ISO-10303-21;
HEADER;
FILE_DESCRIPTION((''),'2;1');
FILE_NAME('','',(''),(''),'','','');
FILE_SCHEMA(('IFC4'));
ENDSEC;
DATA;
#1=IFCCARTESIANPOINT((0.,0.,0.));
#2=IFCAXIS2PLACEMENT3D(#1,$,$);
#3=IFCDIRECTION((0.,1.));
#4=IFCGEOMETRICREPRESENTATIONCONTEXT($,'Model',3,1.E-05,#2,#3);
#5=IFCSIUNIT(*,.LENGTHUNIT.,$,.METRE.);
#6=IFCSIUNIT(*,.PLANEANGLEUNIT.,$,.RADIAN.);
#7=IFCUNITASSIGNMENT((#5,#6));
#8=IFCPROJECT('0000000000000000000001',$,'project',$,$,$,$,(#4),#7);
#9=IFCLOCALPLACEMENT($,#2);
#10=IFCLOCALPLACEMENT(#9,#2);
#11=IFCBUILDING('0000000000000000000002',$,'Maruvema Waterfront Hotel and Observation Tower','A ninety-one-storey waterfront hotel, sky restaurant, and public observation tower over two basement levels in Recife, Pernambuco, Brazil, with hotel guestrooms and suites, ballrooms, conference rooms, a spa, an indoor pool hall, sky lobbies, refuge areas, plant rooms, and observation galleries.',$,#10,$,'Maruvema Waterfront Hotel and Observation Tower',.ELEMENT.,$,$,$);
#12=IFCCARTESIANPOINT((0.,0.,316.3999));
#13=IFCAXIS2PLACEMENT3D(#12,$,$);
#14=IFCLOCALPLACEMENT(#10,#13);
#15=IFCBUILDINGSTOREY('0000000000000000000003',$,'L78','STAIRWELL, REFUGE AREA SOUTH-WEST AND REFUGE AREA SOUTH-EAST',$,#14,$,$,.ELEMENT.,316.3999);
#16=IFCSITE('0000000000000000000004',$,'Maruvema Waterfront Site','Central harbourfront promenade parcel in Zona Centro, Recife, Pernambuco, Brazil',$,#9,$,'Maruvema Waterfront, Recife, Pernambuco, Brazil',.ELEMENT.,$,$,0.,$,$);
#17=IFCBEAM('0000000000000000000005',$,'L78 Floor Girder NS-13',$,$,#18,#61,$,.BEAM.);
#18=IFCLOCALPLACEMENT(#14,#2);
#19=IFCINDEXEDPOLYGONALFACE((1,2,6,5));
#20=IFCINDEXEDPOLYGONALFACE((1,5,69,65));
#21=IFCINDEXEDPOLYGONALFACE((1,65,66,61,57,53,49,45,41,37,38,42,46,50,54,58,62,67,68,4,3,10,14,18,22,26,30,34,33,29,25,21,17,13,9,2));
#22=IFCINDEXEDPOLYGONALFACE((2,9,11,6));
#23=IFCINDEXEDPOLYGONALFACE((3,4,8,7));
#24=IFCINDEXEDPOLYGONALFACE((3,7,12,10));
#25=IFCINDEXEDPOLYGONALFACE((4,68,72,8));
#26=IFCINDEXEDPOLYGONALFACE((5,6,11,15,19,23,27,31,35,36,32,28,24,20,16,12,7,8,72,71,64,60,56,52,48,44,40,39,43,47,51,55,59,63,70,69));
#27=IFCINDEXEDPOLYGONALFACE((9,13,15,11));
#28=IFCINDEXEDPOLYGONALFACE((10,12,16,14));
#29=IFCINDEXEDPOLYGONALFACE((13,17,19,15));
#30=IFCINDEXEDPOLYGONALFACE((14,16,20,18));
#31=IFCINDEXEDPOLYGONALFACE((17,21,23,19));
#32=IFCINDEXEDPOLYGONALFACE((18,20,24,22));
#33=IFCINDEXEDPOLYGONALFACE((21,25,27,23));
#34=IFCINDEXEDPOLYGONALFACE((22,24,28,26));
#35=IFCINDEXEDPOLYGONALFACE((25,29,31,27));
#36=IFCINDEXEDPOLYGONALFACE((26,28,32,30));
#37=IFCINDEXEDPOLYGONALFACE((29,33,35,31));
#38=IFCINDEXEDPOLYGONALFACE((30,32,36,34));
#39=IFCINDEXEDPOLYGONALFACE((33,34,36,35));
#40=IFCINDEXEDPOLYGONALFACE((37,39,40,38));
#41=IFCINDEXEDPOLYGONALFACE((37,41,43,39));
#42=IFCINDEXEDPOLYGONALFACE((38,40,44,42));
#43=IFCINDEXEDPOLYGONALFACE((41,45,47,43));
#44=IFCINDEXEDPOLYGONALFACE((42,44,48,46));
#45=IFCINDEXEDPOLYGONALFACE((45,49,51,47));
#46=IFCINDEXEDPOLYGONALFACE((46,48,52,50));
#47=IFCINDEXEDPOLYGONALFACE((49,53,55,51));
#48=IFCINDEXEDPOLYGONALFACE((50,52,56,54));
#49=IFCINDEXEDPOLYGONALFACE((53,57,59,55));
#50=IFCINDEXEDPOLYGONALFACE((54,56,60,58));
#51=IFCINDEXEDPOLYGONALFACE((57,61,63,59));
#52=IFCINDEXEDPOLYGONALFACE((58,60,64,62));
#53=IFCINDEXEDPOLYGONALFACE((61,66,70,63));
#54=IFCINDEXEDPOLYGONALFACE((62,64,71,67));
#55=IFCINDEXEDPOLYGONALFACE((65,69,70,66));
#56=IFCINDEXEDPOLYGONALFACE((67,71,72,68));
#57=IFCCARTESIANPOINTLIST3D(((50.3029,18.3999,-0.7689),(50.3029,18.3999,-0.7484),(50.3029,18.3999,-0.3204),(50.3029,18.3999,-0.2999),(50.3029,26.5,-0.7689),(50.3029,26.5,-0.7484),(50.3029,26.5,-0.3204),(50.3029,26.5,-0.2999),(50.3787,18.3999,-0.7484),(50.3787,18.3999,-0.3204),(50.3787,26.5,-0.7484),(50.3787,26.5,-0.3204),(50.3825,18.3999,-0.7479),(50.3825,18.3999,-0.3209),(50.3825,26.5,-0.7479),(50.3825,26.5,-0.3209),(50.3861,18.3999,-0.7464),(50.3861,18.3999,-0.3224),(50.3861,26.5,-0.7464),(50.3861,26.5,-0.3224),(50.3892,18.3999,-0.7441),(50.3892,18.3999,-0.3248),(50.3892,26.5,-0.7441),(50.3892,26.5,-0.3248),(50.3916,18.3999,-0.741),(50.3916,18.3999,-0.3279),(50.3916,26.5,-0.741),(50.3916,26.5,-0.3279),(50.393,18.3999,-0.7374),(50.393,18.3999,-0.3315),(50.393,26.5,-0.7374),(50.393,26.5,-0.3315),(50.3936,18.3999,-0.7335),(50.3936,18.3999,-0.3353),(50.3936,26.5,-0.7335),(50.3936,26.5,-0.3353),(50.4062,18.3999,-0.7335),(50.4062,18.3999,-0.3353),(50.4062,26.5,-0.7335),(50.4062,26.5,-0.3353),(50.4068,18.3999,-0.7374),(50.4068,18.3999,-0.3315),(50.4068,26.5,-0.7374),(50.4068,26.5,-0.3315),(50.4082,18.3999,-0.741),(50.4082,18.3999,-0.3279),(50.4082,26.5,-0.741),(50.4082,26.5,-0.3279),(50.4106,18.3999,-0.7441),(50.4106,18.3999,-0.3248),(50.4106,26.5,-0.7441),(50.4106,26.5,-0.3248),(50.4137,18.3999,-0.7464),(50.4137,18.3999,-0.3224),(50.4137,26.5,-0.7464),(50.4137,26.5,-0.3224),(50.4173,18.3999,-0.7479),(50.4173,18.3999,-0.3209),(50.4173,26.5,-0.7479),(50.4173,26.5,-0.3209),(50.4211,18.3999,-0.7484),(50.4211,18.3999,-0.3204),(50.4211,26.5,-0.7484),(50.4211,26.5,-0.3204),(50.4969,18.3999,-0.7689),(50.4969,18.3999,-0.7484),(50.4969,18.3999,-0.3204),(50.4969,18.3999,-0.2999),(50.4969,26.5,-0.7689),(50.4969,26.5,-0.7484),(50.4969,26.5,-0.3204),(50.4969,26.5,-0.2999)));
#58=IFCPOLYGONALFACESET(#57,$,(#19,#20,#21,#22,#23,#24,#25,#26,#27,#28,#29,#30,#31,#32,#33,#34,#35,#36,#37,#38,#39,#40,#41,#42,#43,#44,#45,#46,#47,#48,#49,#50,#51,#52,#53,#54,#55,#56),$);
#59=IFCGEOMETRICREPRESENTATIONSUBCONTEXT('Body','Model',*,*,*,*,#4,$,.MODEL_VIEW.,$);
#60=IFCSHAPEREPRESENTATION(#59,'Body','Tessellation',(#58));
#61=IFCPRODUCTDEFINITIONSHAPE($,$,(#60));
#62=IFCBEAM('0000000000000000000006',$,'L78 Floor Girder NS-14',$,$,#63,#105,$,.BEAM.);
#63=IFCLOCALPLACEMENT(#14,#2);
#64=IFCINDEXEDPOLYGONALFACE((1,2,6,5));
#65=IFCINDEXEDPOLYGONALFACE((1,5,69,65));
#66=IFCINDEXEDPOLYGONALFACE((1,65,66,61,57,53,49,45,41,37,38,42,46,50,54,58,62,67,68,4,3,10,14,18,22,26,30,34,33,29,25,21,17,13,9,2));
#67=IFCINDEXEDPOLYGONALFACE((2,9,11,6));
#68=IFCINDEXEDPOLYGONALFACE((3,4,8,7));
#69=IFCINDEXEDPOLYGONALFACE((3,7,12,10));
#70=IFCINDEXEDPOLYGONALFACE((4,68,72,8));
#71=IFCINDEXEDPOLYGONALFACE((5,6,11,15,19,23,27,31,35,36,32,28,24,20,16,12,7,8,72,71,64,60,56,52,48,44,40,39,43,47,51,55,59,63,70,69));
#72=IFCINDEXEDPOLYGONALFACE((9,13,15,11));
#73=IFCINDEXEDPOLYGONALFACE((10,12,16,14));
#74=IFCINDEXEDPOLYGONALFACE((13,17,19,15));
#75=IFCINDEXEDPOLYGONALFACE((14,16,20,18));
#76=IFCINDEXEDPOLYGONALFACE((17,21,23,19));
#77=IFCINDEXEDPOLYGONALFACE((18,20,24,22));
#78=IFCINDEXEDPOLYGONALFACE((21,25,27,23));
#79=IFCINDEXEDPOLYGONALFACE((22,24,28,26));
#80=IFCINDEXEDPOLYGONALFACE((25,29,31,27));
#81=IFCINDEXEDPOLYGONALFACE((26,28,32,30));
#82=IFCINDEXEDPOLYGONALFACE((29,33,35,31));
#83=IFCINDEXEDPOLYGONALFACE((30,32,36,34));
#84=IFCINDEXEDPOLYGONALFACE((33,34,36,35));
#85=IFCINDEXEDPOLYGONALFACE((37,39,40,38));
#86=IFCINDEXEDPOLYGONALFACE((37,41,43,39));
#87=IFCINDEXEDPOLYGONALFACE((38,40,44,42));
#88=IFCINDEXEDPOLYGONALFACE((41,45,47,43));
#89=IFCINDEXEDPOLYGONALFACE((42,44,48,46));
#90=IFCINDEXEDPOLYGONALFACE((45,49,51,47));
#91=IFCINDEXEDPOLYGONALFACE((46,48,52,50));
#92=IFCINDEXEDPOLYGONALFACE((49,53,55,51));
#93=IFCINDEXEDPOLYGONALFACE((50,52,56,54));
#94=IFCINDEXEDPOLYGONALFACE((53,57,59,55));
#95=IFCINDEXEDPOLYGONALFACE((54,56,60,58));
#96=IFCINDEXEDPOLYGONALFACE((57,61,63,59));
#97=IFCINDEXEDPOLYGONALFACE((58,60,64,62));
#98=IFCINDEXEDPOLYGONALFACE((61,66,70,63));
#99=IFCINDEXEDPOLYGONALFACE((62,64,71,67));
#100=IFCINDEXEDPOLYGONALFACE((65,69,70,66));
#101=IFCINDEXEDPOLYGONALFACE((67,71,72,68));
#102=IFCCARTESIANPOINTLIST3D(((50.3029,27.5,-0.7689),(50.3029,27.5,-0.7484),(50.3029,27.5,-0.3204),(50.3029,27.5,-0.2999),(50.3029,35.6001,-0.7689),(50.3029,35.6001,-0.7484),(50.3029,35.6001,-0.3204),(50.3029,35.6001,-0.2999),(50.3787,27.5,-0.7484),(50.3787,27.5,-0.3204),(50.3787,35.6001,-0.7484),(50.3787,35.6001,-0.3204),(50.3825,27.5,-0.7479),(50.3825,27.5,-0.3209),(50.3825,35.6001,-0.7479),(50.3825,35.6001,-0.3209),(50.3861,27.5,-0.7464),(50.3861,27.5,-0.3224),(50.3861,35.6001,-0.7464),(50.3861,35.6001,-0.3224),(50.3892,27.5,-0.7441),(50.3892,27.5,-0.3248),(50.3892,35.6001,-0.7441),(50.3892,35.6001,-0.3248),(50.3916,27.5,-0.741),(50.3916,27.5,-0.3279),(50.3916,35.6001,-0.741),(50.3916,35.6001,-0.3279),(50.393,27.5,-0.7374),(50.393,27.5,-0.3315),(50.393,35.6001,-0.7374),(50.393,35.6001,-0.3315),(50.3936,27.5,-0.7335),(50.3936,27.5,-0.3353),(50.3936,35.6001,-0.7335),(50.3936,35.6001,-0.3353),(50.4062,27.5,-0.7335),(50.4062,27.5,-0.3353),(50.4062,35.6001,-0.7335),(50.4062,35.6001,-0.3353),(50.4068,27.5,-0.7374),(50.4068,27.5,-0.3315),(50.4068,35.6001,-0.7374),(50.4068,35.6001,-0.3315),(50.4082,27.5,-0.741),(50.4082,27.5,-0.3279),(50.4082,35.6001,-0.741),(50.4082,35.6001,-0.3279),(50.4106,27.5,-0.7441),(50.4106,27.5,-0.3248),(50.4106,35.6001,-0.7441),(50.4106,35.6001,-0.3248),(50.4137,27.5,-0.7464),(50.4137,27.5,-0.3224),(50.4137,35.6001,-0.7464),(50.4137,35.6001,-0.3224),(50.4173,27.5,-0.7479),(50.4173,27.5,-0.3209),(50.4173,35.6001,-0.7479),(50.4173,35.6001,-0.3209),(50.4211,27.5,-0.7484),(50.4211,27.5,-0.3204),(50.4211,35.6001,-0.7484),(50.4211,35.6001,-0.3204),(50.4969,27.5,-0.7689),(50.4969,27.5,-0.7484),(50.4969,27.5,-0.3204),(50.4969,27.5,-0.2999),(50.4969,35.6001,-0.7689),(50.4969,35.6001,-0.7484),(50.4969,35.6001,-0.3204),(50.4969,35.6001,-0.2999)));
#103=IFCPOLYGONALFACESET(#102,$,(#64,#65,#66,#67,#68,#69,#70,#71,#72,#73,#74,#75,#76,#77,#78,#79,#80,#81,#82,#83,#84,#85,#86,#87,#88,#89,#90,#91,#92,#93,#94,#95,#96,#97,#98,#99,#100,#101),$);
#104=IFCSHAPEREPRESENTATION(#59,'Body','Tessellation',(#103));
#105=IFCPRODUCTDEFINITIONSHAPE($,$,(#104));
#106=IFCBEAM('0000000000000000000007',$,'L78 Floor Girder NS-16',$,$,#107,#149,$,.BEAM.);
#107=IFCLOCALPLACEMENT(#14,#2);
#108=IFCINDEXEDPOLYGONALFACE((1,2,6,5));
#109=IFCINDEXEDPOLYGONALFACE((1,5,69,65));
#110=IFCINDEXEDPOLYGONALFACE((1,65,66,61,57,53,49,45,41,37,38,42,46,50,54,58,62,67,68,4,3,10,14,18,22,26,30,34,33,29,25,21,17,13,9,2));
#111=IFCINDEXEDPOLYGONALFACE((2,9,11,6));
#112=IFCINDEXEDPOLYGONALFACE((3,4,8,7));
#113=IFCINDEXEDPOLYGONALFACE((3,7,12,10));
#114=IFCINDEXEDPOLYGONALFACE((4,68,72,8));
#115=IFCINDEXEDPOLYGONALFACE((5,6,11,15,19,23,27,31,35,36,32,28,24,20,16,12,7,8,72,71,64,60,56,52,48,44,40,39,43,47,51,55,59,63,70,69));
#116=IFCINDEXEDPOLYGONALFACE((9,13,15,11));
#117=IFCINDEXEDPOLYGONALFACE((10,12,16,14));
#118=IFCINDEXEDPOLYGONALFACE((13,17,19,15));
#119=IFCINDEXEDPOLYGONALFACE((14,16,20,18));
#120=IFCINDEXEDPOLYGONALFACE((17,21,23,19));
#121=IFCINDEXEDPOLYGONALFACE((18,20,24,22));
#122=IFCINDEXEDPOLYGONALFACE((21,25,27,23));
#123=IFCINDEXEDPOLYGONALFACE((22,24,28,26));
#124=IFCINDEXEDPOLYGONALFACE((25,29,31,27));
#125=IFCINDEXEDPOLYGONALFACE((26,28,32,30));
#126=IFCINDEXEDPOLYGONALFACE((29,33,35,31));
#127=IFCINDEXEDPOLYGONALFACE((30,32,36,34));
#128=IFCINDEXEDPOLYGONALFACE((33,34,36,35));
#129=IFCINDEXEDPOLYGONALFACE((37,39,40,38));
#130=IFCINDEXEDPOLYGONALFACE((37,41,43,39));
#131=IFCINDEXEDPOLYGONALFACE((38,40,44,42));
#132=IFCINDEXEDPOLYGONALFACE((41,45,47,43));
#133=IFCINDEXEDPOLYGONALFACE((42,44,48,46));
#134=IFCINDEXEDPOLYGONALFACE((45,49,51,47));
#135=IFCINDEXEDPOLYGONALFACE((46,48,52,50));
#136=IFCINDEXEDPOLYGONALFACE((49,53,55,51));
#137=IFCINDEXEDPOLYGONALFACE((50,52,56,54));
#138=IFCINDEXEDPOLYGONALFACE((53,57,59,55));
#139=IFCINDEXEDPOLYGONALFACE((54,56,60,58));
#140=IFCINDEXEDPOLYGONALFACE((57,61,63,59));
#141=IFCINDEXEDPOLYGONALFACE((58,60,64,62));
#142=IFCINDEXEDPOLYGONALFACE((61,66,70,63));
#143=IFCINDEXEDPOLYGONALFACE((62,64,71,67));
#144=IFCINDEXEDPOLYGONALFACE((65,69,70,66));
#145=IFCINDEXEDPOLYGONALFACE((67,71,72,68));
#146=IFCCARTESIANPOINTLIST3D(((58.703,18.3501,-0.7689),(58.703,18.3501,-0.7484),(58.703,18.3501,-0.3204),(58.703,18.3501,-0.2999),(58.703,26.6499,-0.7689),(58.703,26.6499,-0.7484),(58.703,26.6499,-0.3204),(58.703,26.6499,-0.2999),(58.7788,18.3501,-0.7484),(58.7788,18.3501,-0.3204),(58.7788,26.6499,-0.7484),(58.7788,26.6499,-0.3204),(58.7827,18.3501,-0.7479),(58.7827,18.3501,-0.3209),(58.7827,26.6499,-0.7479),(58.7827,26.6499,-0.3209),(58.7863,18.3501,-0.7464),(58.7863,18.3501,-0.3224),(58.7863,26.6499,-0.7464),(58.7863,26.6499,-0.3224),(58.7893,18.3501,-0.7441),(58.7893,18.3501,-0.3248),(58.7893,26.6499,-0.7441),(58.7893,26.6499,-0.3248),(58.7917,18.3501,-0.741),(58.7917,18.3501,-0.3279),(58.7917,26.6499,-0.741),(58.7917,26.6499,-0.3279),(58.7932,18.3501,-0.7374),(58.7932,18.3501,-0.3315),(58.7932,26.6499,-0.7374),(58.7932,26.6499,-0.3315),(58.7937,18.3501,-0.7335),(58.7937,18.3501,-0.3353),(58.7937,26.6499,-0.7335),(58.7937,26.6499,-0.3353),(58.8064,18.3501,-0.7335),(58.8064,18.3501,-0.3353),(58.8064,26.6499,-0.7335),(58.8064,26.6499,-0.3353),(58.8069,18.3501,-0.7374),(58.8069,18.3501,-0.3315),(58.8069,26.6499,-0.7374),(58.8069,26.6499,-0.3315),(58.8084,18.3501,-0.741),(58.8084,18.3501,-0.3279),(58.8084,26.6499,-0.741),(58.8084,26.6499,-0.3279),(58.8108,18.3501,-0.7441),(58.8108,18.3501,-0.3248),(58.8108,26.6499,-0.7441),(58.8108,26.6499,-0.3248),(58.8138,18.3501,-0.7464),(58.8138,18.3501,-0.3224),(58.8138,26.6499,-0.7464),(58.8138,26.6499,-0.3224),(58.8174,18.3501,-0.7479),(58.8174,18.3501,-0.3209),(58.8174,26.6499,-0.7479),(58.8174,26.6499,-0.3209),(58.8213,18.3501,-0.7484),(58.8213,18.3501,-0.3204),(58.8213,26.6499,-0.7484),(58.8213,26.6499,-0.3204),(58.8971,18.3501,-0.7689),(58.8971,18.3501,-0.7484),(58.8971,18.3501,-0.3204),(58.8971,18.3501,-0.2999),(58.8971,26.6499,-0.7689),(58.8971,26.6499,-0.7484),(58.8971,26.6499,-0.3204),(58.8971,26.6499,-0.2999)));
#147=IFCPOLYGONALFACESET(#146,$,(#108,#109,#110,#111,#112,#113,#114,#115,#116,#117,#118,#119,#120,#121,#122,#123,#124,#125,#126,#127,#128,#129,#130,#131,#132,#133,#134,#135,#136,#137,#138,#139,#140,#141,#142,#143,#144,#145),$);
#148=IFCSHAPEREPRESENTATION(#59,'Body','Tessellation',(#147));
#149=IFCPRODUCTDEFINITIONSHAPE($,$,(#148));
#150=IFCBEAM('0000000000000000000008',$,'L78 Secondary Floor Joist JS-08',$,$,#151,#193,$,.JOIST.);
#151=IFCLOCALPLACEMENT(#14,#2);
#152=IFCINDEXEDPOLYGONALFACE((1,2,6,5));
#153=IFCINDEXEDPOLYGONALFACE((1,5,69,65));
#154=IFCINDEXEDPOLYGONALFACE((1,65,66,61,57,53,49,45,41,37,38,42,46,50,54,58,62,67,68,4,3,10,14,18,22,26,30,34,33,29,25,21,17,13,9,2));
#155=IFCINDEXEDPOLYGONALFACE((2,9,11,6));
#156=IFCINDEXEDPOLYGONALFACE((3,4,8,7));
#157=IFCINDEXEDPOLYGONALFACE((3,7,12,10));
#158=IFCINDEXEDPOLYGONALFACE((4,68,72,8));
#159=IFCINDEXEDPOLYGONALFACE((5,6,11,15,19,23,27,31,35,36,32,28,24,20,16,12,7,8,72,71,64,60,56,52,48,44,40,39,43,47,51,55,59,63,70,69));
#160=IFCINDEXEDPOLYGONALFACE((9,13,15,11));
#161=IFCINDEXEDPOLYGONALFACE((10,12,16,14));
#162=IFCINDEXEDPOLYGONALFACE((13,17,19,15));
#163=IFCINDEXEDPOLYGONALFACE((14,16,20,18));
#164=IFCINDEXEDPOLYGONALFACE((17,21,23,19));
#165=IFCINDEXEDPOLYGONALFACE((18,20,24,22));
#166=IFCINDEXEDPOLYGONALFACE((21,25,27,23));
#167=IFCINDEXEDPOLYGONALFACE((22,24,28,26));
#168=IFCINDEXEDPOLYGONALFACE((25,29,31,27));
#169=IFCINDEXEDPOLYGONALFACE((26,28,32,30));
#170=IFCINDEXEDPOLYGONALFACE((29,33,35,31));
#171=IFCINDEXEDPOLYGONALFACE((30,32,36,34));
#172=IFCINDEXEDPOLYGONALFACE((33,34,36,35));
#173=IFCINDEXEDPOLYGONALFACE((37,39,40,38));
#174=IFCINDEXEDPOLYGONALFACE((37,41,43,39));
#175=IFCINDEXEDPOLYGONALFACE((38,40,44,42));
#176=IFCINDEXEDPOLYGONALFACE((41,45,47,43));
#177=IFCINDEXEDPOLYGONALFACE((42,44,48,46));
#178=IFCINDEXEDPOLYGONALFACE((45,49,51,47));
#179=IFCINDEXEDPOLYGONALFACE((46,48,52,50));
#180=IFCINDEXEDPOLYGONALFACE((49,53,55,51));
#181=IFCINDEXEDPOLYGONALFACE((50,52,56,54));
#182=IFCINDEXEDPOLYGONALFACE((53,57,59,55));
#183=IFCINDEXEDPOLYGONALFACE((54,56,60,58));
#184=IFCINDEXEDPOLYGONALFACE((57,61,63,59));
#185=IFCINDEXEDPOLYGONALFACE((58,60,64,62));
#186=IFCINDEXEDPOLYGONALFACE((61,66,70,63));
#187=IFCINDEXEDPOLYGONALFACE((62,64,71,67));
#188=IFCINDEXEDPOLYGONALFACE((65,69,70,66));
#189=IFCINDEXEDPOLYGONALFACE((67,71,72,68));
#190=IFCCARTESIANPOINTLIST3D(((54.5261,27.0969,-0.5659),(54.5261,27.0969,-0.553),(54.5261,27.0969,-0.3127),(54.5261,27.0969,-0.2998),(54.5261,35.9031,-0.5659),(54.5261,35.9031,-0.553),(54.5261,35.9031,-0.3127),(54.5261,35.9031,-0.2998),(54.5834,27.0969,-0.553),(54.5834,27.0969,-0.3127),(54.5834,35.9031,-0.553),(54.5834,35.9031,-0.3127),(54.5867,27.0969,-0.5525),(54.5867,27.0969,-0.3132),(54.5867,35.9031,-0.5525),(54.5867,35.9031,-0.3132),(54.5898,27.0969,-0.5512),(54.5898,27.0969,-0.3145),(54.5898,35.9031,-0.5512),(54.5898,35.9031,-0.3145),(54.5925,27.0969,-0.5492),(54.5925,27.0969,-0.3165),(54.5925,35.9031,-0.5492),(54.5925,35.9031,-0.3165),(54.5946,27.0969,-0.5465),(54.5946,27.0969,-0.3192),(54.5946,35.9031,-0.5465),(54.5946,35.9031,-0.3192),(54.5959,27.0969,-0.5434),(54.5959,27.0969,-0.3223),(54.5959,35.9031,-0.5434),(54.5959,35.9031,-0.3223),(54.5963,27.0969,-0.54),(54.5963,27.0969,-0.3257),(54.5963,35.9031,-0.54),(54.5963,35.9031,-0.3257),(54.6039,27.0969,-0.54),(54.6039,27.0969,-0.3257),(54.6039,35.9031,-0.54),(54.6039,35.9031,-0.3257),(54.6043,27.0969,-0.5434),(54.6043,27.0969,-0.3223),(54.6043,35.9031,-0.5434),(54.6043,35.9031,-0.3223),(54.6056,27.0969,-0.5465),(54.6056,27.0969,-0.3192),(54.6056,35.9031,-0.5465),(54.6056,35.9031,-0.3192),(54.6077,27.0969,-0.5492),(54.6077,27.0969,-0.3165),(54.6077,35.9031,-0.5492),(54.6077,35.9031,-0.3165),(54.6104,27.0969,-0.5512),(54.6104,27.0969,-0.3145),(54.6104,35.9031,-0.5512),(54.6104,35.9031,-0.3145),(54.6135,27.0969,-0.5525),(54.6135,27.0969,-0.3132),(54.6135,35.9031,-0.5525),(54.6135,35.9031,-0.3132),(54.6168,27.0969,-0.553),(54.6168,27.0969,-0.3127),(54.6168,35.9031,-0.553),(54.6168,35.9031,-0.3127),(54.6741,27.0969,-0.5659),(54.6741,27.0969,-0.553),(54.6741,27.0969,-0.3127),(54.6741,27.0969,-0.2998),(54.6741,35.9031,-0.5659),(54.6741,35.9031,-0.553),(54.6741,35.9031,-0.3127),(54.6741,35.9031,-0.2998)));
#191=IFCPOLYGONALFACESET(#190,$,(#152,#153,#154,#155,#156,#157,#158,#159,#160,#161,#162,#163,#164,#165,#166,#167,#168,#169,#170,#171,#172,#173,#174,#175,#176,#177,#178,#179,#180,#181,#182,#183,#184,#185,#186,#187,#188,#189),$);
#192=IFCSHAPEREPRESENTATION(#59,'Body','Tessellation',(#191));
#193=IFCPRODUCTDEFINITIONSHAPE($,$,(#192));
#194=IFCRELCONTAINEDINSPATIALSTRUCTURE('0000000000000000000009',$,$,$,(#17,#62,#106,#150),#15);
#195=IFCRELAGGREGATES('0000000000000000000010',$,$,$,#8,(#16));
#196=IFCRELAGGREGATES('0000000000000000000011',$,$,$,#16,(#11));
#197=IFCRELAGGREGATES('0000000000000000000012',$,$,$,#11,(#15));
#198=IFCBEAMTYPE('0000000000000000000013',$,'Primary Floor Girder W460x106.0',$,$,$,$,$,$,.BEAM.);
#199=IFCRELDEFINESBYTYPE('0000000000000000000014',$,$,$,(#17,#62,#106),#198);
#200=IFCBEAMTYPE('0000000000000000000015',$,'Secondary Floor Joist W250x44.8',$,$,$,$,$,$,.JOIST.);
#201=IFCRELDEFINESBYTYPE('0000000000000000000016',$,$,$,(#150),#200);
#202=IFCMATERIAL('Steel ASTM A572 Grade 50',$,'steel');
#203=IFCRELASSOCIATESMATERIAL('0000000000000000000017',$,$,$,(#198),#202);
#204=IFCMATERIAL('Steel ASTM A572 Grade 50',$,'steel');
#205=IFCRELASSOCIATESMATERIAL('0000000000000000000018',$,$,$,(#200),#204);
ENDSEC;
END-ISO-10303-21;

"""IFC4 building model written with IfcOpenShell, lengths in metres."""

from ifc_helpers import new_model, si_unit, direction, frame, origin, origin_2d, place, context, subcontext, project, spatial, i_section, extrude, material, material_profile, profile_set, type_object, element, save


model = new_model("IFC4")

# Units and contexts
model_context = context("Model", 3, precision=1e-05, world=origin(), true_north=direction((0.0, 1.0)))
body_context = subcontext(model_context, "Body", "Model", "MODEL_VIEW")
ifc_project = project(units=[si_unit("LENGTHUNIT", "METRE"), si_unit("PLANEANGLEUNIT", "RADIAN")], contexts=[model_context])

# Site, building, storey
site_placement = place(None, origin())
site = spatial("IfcSite", under=ifc_project, at=site_placement, Name="Maruvema Waterfront Site", Description="Central harbourfront promenade parcel in Zona Centro, Recife, Pernambuco, Brazil", LongName="Maruvema Waterfront, Recife, Pernambuco, Brazil", CompositionType="ELEMENT", RefElevation=0.0)
building_placement = place(site_placement, origin())
building = spatial("IfcBuilding", under=site, at=building_placement, Name="Maruvema Waterfront Hotel and Observation Tower", Description="A ninety-one-storey waterfront hotel, sky restaurant, and public observation tower over two basement levels in Recife, Pernambuco, Brazil, with hotel guestrooms and suites, ballrooms, conference rooms, a spa, an indoor pool hall, sky lobbies, refuge areas, plant rooms, and observation galleries.", LongName="Maruvema Waterfront Hotel and Observation Tower", CompositionType="ELEMENT")
storey_placement = place(building_placement, frame((0.0, 0.0, 316.3999)))
storey = spatial("IfcBuildingStorey", under=building, at=storey_placement, Name="L78", Description="STAIRWELL, REFUGE AREA SOUTH-WEST AND REFUGE AREA SOUTH-EAST", CompositionType="ELEMENT", Elevation=316.3999)

# Beams
ifc_material_1 = material(Name="Steel ASTM A572 Grade 50", Category="steel")
ifc_material_profile_1 = material_profile(ifc_material_1, i_section(OverallWidth=0.1941, OverallDepth=0.469, WebThickness=0.0127, FlangeThickness=0.0205, FilletRadius=0.0149, at=origin_2d()), Name="W460x106.0")
ifc_profile_set_1 = profile_set([ifc_material_profile_1], Name="Steel ASTM A572 Grade 50")
beam_type_1 = type_object("IfcBeamType", Name="Primary Floor Girder W460x106.0", PredefinedType="BEAM", material=ifc_profile_set_1)
for number, where, z_axis, x_axis, name in (
    (1, (50.3999, 18.3999, -0.5344), (0.0, 1.0, 0.0), (-1.0, 0.0, 0.0), "L78 Floor Girder NS-13"),
    (2, (50.3999, 27.5, -0.5344), (0.0, 1.0, 0.0), (-1.0, 0.0, 0.0), "L78 Floor Girder NS-14"),
):
    element("IfcBeam", number, at=place(storey_placement, frame(where, z_axis=z_axis, x_axis=x_axis)), inside=storey, type_object=beam_type_1, Name=name, PredefinedType="BEAM", context=body_context, shape_type="SweptSolid", body=[
        extrude(i_section(OverallWidth=0.1941, OverallDepth=0.469, WebThickness=0.0127, FlangeThickness=0.0205, FilletRadius=0.0149, at=origin_2d()), origin(), (0.0, 0.0, 1.0), 8.1001),
    ])
beam_1_placement = place(storey_placement, frame((58.8, 18.3501, -0.5344), z_axis=(0.0, 1.0, 0.0), x_axis=(-1.0, 0.0, 0.0)))
element("IfcBeam", 3, at=beam_1_placement, inside=storey, type_object=beam_type_1, Name="L78 Floor Girder NS-16", PredefinedType="BEAM", context=body_context, shape_type="SweptSolid", body=[
    extrude(i_section(OverallWidth=0.1941, OverallDepth=0.469, WebThickness=0.0127, FlangeThickness=0.0205, FilletRadius=0.0149, at=origin_2d()), origin(), (0.0, 0.0, 1.0), 8.2998),
])
ifc_material_2 = material(Name="Steel ASTM A572 Grade 50", Category="steel")
ifc_material_profile_2 = material_profile(ifc_material_2, i_section(OverallWidth=0.1479, OverallDepth=0.2661, WebThickness=0.0076, FlangeThickness=0.0129, FilletRadius=0.0129, at=origin_2d()), Name="W250x44.8")
ifc_profile_set_2 = profile_set([ifc_material_profile_2], Name="Steel ASTM A572 Grade 50")
beam_type_2 = type_object("IfcBeamType", Name="Secondary Floor Joist W250x44.8", PredefinedType="JOIST", material=ifc_profile_set_2)
beam_2_placement = place(storey_placement, frame((54.6001, 27.0969, -0.4329), z_axis=(0.0, 1.0, 0.0), x_axis=(-1.0, 0.0, 0.0)))
element("IfcBeam", 4, at=beam_2_placement, inside=storey, type_object=beam_type_2, Name="L78 Secondary Floor Joist JS-08", PredefinedType="JOIST", context=body_context, shape_type="SweptSolid", body=[
    extrude(i_section(OverallWidth=0.1479, OverallDepth=0.2661, WebThickness=0.0076, FlangeThickness=0.0129, FilletRadius=0.0129, at=origin_2d()), origin(), (0.0, 0.0, 1.0), 8.8062),
])

save(model, "model.ifc")
